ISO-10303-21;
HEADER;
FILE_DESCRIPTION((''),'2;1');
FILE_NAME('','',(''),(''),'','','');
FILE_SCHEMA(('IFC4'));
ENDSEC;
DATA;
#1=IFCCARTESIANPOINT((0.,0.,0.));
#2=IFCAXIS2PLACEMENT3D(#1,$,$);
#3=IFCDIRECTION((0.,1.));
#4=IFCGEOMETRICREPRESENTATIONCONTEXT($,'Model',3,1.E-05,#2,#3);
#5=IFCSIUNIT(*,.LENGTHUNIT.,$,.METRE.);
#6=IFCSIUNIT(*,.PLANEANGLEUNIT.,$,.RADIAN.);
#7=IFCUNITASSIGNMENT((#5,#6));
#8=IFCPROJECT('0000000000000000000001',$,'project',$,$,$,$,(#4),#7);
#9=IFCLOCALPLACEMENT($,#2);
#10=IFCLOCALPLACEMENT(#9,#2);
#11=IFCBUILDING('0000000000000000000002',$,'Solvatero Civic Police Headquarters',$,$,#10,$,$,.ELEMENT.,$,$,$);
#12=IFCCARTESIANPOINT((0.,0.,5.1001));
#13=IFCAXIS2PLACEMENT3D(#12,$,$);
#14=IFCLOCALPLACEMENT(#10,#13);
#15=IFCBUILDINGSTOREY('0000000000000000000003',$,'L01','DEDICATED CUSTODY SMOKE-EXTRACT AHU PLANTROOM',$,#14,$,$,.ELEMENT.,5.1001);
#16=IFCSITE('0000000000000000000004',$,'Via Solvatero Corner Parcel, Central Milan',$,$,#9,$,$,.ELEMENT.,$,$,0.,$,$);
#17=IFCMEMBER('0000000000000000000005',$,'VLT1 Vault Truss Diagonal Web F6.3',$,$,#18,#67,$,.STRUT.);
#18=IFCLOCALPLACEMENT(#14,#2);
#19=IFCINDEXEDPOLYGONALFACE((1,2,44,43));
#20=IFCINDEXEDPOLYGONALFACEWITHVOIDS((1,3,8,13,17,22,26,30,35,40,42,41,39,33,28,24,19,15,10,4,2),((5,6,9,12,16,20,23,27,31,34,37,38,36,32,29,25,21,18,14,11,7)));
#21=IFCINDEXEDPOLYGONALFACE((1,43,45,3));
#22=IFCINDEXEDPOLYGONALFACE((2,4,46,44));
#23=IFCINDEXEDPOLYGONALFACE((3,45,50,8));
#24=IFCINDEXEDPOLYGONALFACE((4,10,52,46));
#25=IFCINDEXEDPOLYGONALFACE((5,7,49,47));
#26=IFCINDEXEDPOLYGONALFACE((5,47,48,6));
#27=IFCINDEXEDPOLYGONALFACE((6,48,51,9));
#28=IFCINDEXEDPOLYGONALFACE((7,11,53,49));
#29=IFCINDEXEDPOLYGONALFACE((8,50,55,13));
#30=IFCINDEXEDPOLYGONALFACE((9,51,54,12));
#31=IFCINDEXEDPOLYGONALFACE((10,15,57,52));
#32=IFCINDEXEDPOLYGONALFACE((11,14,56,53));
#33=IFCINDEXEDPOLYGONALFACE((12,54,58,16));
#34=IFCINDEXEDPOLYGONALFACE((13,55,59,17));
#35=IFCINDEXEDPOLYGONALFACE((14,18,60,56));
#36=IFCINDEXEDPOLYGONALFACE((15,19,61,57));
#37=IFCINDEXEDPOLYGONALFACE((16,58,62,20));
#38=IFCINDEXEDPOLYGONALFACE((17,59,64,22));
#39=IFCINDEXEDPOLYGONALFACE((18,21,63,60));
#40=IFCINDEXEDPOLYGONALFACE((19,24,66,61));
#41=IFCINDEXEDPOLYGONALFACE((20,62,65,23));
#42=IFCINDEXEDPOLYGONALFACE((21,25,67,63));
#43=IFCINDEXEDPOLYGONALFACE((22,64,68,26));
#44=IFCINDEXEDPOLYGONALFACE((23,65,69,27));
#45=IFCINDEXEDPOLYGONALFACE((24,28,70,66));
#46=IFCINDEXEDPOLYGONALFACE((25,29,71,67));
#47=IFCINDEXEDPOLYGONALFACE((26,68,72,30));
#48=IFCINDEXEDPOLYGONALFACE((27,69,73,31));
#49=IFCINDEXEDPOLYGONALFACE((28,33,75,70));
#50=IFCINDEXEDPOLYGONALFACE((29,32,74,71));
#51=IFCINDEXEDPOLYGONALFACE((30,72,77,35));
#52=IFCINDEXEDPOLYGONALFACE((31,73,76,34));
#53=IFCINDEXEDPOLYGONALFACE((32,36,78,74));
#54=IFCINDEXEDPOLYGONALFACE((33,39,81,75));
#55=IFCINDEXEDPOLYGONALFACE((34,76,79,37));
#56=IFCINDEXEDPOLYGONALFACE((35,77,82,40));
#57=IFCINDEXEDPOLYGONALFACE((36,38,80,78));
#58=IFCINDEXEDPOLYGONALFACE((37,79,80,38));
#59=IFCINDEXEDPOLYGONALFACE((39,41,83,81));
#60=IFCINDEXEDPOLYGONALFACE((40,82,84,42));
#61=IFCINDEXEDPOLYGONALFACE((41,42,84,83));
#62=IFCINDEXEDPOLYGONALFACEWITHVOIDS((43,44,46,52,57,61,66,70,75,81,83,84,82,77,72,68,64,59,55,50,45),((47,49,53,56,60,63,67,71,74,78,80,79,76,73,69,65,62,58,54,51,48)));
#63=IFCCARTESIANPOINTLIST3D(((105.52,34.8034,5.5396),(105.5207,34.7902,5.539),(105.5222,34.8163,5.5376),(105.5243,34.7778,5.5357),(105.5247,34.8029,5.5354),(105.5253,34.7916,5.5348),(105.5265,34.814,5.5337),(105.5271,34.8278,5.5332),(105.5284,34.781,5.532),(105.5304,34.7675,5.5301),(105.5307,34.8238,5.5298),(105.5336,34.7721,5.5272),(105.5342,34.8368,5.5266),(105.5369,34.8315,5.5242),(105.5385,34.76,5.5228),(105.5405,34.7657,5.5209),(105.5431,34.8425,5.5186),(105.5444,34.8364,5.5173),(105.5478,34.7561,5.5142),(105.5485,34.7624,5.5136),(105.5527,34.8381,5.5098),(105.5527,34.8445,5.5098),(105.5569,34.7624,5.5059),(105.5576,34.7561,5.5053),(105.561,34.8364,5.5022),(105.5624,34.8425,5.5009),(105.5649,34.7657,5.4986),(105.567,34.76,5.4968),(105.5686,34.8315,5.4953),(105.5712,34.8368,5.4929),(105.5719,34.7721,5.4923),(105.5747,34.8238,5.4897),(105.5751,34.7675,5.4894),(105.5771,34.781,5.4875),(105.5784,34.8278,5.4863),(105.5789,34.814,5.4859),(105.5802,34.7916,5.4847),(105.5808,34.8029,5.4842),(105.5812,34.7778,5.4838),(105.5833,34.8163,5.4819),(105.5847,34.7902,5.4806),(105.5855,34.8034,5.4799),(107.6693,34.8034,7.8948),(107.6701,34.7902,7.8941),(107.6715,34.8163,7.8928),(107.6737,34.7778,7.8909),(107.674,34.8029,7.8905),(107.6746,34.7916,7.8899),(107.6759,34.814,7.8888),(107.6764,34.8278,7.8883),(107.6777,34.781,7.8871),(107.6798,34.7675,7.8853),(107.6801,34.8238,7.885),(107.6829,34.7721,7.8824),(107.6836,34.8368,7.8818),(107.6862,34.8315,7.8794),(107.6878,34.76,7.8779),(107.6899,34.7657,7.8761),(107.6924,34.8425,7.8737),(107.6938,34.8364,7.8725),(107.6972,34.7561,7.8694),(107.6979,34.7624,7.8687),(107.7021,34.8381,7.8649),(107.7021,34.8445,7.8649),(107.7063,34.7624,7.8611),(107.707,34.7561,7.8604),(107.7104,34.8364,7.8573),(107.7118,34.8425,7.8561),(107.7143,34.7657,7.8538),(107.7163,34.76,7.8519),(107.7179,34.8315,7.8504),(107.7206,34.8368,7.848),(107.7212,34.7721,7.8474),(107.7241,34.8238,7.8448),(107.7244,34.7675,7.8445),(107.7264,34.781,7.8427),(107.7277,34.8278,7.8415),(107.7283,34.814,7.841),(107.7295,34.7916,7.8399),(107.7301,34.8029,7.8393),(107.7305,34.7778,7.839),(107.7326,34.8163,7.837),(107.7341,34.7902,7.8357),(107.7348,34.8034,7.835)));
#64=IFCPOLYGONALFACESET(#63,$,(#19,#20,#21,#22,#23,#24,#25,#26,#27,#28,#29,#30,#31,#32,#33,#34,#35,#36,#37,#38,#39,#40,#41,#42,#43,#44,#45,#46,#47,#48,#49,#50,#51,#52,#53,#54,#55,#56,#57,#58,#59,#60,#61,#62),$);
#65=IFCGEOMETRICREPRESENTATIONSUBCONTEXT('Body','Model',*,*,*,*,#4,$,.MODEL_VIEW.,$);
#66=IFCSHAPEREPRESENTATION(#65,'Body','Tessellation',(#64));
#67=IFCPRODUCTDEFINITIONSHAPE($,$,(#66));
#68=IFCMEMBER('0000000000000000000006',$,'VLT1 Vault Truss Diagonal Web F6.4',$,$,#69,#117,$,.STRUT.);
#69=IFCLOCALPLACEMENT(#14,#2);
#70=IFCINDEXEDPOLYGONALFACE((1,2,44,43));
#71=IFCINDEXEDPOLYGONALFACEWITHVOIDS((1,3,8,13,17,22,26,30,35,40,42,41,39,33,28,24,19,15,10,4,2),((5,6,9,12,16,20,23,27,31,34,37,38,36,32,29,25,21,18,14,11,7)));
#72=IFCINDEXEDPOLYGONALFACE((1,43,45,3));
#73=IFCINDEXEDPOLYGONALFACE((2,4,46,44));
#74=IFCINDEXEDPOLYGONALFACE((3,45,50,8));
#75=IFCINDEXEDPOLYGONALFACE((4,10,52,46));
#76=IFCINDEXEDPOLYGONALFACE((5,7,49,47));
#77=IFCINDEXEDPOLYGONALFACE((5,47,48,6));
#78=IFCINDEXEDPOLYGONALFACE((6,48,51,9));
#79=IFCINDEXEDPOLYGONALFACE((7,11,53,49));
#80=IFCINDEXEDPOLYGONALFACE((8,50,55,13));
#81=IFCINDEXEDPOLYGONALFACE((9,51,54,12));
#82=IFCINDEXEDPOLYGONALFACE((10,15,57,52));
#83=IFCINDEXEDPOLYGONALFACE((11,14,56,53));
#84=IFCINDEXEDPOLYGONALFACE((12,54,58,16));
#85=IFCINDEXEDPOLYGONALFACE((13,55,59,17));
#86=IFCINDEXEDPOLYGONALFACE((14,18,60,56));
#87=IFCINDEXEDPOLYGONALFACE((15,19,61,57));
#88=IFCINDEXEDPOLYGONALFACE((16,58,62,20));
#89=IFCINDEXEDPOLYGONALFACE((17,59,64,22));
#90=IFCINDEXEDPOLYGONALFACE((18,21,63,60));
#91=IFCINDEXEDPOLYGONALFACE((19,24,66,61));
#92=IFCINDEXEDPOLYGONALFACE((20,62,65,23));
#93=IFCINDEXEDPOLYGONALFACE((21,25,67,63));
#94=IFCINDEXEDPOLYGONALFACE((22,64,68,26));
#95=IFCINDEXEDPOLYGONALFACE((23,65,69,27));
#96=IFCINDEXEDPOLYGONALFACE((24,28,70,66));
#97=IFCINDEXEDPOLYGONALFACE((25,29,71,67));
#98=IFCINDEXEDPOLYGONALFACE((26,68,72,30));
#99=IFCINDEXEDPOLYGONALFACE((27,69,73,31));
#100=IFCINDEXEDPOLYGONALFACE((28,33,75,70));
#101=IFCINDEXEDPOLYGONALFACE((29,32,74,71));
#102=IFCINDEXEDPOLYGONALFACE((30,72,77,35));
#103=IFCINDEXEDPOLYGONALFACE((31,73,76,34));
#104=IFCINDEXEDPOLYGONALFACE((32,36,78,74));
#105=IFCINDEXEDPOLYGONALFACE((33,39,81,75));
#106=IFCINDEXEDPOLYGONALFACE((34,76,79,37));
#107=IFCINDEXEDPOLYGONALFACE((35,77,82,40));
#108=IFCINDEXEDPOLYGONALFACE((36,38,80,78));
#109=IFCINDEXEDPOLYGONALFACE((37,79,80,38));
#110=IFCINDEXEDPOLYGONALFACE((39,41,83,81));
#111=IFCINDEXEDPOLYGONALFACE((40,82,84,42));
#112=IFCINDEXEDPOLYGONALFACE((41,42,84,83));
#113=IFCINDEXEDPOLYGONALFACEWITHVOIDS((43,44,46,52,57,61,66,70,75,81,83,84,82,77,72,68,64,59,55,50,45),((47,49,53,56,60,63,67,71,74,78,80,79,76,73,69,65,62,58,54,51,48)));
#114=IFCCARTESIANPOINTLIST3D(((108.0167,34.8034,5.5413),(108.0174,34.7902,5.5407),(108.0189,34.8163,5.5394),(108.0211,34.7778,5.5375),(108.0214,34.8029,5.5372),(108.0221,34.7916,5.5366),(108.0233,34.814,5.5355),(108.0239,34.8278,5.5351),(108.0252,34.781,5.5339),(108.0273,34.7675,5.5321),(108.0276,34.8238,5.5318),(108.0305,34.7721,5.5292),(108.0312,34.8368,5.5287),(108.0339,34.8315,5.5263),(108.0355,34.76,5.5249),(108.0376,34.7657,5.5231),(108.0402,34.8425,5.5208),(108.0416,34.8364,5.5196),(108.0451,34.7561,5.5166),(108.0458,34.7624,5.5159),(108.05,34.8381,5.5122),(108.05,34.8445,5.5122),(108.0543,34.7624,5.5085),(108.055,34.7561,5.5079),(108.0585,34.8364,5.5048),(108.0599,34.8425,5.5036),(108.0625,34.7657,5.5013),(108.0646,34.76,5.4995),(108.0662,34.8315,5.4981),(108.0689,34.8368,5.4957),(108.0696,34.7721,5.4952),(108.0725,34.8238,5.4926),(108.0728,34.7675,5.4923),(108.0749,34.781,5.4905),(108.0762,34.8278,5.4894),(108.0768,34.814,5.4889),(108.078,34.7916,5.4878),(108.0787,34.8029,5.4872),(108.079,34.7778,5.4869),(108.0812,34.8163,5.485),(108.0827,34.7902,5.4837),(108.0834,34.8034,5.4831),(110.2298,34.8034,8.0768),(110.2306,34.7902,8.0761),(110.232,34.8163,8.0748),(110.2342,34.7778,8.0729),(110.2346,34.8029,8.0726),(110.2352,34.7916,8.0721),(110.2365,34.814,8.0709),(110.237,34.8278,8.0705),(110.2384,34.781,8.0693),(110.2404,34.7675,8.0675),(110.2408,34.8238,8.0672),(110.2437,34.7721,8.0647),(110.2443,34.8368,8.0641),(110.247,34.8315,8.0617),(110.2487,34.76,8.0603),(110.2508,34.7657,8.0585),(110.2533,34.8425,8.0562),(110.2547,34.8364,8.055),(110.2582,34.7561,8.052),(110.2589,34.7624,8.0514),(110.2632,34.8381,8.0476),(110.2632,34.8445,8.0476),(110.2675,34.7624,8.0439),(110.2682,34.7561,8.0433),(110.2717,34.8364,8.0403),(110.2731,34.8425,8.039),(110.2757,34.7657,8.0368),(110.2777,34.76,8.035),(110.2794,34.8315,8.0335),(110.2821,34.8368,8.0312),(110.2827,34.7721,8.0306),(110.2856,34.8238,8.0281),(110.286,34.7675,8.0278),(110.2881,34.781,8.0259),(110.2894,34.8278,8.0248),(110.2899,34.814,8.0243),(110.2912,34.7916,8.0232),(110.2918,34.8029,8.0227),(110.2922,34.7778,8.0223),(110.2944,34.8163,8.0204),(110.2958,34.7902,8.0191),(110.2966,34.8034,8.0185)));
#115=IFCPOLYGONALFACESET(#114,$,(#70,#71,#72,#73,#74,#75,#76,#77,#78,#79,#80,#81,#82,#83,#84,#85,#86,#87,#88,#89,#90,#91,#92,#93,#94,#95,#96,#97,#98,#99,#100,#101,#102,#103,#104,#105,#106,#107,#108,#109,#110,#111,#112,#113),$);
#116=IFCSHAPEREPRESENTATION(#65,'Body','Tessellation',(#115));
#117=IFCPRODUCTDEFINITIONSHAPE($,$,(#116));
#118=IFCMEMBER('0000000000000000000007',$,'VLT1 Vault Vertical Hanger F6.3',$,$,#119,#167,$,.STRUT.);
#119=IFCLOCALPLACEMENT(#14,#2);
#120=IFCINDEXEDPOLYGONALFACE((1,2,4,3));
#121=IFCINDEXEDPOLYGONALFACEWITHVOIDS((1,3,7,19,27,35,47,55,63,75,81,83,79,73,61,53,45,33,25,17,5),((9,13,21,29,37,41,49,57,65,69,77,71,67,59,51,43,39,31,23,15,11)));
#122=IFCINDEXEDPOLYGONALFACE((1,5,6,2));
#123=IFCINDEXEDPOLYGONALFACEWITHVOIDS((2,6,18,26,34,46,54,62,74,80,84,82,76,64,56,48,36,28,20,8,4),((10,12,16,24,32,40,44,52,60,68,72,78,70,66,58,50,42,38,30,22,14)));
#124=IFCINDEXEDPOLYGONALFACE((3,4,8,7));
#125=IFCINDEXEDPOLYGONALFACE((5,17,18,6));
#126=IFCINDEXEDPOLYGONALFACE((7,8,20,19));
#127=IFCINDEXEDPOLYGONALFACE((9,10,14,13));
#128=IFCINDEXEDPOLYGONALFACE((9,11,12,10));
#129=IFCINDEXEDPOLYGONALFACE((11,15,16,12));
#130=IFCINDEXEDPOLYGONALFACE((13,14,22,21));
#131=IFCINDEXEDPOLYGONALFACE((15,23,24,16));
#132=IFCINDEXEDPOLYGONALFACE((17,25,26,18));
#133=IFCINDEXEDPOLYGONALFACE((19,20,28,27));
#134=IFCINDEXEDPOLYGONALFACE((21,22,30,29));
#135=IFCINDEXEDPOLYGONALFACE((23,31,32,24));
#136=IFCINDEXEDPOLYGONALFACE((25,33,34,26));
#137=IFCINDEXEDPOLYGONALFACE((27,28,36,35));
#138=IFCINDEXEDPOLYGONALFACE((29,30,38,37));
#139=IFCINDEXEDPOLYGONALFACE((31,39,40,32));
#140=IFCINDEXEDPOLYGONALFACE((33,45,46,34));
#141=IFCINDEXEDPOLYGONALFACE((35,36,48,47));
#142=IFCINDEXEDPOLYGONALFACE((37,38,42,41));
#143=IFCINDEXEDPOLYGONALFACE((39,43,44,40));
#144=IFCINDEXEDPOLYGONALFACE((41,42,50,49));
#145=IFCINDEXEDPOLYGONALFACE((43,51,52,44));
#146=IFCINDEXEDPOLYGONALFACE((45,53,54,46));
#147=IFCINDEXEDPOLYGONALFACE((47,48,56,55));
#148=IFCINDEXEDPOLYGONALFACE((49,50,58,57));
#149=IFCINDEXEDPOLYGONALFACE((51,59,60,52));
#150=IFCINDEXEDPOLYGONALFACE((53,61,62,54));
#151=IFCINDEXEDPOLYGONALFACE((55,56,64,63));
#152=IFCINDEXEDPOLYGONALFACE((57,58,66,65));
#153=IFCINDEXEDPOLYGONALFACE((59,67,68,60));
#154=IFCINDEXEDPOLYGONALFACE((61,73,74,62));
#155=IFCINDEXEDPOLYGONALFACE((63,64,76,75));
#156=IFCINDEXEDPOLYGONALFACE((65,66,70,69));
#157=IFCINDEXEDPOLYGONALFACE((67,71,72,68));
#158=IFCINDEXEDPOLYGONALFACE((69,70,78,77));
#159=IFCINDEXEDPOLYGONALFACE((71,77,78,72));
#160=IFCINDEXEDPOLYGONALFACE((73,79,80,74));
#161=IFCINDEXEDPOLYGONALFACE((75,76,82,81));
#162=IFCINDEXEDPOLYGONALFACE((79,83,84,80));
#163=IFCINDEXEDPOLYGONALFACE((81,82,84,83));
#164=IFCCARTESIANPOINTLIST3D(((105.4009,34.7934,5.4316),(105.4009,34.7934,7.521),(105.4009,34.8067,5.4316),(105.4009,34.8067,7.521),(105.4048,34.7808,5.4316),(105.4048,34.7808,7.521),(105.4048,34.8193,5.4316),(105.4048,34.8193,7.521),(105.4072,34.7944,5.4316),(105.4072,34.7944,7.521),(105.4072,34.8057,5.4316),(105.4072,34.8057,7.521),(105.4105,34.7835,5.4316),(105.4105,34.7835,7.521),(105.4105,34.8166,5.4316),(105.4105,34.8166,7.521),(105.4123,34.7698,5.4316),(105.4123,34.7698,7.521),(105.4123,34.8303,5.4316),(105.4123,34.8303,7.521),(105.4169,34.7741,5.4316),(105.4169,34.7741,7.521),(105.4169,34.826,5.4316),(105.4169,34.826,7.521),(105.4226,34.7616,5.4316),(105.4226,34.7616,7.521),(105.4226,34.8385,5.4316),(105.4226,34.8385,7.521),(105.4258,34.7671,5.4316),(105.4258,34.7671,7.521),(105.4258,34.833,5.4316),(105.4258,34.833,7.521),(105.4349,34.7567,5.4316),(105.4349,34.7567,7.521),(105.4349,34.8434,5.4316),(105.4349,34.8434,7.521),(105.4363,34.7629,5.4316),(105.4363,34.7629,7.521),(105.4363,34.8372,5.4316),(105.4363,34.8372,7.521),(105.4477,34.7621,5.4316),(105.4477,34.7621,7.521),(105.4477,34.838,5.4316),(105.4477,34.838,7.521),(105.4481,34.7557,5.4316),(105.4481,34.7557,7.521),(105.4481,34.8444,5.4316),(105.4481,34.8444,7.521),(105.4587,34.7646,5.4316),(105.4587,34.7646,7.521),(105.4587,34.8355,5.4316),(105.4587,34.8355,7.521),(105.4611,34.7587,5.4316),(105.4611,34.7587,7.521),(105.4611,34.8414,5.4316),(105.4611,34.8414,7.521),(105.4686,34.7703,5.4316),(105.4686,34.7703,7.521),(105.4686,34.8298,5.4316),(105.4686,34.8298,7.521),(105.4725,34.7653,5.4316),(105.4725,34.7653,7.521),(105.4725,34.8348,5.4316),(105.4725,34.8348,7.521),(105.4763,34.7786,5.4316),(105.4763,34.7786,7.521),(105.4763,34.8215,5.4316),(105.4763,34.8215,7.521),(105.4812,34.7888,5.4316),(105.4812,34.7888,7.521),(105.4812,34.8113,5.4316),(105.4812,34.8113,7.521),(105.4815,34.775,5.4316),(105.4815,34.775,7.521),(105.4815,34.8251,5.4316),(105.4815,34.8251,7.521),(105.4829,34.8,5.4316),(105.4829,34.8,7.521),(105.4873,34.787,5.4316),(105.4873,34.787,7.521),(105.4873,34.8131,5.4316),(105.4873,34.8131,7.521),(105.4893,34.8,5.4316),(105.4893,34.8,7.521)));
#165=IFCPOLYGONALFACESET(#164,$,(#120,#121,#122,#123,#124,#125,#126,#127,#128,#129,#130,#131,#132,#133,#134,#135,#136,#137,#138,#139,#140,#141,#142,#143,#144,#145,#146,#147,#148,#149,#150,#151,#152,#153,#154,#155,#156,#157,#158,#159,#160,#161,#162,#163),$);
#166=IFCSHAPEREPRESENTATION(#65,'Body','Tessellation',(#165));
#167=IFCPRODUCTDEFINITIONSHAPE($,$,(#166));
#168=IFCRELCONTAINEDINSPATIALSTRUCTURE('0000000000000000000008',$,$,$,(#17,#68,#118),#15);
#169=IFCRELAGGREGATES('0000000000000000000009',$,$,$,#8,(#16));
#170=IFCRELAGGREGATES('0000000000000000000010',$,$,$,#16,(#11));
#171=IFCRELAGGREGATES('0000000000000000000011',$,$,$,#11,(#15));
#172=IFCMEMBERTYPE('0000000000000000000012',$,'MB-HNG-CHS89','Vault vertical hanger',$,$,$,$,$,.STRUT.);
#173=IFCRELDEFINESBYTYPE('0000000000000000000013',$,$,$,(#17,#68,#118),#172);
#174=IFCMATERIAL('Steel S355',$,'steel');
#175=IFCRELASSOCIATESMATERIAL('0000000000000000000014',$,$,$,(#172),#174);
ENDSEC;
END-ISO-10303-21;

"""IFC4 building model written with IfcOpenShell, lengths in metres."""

from ifc_helpers import new_model, si_unit, direction, frame, origin, origin_2d, place, context, subcontext, project, spatial, hollow_circle, extrude, material, material_profile, profile_set, type_object, element, save


model = new_model("IFC4")

# Units and contexts
model_context = context("Model", 3, precision=1e-05, world=origin(), true_north=direction((0.0, 1.0)))
body_context = subcontext(model_context, "Body", "Model", "MODEL_VIEW")
ifc_project = project(units=[si_unit("LENGTHUNIT", "METRE"), si_unit("PLANEANGLEUNIT", "RADIAN")], contexts=[model_context])

# Site, building, storey
site_placement = place(None, origin())
site = spatial("IfcSite", under=ifc_project, at=site_placement, Name="Via Solvatero Corner Parcel, Central Milan", CompositionType="ELEMENT", RefElevation=0.0)
building_placement = place(site_placement, origin())
building = spatial("IfcBuilding", under=site, at=building_placement, Name="Solvatero Civic Police Headquarters", CompositionType="ELEMENT")
storey_placement = place(building_placement, frame((0.0, 0.0, 5.1001)))
storey = spatial("IfcBuildingStorey", under=building, at=storey_placement, Name="L01", Description="DEDICATED CUSTODY SMOKE-EXTRACT AHU PLANTROOM", CompositionType="ELEMENT", Elevation=5.1001)

# Shared definitions
ifc_material = material(Name="Steel S355", Category="steel")

# Members
ifc_material_profile_1 = material_profile(ifc_material, hollow_circle(Radius=0.0444, WallThickness=0.0063, at=origin_2d()), Name="CHS 88.9x6.3")
ifc_profile_set_1 = profile_set([ifc_material_profile_1], Name="Steel S355")
member_type_1 = type_object("IfcMemberType", Name="MB-HNG-CHS89", Description="Vault vertical hanger", PredefinedType="STRUT", material=ifc_profile_set_1)
member_1_placement = place(storey_placement, frame((105.5527, 34.8, 5.5098), z_axis=(0.674097, 0.0, 0.738643), x_axis=(0.0, 1.0, 0.0)))
element("IfcMember", 1, at=member_1_placement, inside=storey, type_object=member_type_1, Name="VLT1 Vault Truss Diagonal Web F6.3", PredefinedType="STRUT", context=body_context, shape_type="SweptSolid", body=[
    extrude(hollow_circle(Radius=0.0444, WallThickness=0.0063, at=origin_2d()), origin(), (0.0, 0.0, 1.0), 3.1885),
])
member_2_placement = place(storey_placement, frame((108.05, 34.8, 5.5122), z_axis=(0.657605, 0.0, 0.753363), x_axis=(0.0, 1.0, 0.0)))
element("IfcMember", 2, at=member_2_placement, inside=storey, type_object=member_type_1, Name="VLT1 Vault Truss Diagonal Web F6.4", PredefinedType="STRUT", context=body_context, shape_type="SweptSolid", body=[
    extrude(hollow_circle(Radius=0.0444, WallThickness=0.0063, at=origin_2d()), origin(), (0.0, 0.0, 1.0), 3.3655),
])
member_3_placement = place(storey_placement, frame((105.4448, 34.8, 5.4316), z_axis=(0.0, 0.0, 1.0), x_axis=(1.0, 0.0, 0.0)))
element("IfcMember", 3, at=member_3_placement, inside=storey, type_object=member_type_1, Name="VLT1 Vault Vertical Hanger F6.3", PredefinedType="STRUT", context=body_context, shape_type="SweptSolid", body=[
    extrude(hollow_circle(Radius=0.0444, WallThickness=0.0063, at=origin_2d()), origin(), (0.0, 0.0, 1.0), 2.0894),
])

save(model, "model.ifc")
